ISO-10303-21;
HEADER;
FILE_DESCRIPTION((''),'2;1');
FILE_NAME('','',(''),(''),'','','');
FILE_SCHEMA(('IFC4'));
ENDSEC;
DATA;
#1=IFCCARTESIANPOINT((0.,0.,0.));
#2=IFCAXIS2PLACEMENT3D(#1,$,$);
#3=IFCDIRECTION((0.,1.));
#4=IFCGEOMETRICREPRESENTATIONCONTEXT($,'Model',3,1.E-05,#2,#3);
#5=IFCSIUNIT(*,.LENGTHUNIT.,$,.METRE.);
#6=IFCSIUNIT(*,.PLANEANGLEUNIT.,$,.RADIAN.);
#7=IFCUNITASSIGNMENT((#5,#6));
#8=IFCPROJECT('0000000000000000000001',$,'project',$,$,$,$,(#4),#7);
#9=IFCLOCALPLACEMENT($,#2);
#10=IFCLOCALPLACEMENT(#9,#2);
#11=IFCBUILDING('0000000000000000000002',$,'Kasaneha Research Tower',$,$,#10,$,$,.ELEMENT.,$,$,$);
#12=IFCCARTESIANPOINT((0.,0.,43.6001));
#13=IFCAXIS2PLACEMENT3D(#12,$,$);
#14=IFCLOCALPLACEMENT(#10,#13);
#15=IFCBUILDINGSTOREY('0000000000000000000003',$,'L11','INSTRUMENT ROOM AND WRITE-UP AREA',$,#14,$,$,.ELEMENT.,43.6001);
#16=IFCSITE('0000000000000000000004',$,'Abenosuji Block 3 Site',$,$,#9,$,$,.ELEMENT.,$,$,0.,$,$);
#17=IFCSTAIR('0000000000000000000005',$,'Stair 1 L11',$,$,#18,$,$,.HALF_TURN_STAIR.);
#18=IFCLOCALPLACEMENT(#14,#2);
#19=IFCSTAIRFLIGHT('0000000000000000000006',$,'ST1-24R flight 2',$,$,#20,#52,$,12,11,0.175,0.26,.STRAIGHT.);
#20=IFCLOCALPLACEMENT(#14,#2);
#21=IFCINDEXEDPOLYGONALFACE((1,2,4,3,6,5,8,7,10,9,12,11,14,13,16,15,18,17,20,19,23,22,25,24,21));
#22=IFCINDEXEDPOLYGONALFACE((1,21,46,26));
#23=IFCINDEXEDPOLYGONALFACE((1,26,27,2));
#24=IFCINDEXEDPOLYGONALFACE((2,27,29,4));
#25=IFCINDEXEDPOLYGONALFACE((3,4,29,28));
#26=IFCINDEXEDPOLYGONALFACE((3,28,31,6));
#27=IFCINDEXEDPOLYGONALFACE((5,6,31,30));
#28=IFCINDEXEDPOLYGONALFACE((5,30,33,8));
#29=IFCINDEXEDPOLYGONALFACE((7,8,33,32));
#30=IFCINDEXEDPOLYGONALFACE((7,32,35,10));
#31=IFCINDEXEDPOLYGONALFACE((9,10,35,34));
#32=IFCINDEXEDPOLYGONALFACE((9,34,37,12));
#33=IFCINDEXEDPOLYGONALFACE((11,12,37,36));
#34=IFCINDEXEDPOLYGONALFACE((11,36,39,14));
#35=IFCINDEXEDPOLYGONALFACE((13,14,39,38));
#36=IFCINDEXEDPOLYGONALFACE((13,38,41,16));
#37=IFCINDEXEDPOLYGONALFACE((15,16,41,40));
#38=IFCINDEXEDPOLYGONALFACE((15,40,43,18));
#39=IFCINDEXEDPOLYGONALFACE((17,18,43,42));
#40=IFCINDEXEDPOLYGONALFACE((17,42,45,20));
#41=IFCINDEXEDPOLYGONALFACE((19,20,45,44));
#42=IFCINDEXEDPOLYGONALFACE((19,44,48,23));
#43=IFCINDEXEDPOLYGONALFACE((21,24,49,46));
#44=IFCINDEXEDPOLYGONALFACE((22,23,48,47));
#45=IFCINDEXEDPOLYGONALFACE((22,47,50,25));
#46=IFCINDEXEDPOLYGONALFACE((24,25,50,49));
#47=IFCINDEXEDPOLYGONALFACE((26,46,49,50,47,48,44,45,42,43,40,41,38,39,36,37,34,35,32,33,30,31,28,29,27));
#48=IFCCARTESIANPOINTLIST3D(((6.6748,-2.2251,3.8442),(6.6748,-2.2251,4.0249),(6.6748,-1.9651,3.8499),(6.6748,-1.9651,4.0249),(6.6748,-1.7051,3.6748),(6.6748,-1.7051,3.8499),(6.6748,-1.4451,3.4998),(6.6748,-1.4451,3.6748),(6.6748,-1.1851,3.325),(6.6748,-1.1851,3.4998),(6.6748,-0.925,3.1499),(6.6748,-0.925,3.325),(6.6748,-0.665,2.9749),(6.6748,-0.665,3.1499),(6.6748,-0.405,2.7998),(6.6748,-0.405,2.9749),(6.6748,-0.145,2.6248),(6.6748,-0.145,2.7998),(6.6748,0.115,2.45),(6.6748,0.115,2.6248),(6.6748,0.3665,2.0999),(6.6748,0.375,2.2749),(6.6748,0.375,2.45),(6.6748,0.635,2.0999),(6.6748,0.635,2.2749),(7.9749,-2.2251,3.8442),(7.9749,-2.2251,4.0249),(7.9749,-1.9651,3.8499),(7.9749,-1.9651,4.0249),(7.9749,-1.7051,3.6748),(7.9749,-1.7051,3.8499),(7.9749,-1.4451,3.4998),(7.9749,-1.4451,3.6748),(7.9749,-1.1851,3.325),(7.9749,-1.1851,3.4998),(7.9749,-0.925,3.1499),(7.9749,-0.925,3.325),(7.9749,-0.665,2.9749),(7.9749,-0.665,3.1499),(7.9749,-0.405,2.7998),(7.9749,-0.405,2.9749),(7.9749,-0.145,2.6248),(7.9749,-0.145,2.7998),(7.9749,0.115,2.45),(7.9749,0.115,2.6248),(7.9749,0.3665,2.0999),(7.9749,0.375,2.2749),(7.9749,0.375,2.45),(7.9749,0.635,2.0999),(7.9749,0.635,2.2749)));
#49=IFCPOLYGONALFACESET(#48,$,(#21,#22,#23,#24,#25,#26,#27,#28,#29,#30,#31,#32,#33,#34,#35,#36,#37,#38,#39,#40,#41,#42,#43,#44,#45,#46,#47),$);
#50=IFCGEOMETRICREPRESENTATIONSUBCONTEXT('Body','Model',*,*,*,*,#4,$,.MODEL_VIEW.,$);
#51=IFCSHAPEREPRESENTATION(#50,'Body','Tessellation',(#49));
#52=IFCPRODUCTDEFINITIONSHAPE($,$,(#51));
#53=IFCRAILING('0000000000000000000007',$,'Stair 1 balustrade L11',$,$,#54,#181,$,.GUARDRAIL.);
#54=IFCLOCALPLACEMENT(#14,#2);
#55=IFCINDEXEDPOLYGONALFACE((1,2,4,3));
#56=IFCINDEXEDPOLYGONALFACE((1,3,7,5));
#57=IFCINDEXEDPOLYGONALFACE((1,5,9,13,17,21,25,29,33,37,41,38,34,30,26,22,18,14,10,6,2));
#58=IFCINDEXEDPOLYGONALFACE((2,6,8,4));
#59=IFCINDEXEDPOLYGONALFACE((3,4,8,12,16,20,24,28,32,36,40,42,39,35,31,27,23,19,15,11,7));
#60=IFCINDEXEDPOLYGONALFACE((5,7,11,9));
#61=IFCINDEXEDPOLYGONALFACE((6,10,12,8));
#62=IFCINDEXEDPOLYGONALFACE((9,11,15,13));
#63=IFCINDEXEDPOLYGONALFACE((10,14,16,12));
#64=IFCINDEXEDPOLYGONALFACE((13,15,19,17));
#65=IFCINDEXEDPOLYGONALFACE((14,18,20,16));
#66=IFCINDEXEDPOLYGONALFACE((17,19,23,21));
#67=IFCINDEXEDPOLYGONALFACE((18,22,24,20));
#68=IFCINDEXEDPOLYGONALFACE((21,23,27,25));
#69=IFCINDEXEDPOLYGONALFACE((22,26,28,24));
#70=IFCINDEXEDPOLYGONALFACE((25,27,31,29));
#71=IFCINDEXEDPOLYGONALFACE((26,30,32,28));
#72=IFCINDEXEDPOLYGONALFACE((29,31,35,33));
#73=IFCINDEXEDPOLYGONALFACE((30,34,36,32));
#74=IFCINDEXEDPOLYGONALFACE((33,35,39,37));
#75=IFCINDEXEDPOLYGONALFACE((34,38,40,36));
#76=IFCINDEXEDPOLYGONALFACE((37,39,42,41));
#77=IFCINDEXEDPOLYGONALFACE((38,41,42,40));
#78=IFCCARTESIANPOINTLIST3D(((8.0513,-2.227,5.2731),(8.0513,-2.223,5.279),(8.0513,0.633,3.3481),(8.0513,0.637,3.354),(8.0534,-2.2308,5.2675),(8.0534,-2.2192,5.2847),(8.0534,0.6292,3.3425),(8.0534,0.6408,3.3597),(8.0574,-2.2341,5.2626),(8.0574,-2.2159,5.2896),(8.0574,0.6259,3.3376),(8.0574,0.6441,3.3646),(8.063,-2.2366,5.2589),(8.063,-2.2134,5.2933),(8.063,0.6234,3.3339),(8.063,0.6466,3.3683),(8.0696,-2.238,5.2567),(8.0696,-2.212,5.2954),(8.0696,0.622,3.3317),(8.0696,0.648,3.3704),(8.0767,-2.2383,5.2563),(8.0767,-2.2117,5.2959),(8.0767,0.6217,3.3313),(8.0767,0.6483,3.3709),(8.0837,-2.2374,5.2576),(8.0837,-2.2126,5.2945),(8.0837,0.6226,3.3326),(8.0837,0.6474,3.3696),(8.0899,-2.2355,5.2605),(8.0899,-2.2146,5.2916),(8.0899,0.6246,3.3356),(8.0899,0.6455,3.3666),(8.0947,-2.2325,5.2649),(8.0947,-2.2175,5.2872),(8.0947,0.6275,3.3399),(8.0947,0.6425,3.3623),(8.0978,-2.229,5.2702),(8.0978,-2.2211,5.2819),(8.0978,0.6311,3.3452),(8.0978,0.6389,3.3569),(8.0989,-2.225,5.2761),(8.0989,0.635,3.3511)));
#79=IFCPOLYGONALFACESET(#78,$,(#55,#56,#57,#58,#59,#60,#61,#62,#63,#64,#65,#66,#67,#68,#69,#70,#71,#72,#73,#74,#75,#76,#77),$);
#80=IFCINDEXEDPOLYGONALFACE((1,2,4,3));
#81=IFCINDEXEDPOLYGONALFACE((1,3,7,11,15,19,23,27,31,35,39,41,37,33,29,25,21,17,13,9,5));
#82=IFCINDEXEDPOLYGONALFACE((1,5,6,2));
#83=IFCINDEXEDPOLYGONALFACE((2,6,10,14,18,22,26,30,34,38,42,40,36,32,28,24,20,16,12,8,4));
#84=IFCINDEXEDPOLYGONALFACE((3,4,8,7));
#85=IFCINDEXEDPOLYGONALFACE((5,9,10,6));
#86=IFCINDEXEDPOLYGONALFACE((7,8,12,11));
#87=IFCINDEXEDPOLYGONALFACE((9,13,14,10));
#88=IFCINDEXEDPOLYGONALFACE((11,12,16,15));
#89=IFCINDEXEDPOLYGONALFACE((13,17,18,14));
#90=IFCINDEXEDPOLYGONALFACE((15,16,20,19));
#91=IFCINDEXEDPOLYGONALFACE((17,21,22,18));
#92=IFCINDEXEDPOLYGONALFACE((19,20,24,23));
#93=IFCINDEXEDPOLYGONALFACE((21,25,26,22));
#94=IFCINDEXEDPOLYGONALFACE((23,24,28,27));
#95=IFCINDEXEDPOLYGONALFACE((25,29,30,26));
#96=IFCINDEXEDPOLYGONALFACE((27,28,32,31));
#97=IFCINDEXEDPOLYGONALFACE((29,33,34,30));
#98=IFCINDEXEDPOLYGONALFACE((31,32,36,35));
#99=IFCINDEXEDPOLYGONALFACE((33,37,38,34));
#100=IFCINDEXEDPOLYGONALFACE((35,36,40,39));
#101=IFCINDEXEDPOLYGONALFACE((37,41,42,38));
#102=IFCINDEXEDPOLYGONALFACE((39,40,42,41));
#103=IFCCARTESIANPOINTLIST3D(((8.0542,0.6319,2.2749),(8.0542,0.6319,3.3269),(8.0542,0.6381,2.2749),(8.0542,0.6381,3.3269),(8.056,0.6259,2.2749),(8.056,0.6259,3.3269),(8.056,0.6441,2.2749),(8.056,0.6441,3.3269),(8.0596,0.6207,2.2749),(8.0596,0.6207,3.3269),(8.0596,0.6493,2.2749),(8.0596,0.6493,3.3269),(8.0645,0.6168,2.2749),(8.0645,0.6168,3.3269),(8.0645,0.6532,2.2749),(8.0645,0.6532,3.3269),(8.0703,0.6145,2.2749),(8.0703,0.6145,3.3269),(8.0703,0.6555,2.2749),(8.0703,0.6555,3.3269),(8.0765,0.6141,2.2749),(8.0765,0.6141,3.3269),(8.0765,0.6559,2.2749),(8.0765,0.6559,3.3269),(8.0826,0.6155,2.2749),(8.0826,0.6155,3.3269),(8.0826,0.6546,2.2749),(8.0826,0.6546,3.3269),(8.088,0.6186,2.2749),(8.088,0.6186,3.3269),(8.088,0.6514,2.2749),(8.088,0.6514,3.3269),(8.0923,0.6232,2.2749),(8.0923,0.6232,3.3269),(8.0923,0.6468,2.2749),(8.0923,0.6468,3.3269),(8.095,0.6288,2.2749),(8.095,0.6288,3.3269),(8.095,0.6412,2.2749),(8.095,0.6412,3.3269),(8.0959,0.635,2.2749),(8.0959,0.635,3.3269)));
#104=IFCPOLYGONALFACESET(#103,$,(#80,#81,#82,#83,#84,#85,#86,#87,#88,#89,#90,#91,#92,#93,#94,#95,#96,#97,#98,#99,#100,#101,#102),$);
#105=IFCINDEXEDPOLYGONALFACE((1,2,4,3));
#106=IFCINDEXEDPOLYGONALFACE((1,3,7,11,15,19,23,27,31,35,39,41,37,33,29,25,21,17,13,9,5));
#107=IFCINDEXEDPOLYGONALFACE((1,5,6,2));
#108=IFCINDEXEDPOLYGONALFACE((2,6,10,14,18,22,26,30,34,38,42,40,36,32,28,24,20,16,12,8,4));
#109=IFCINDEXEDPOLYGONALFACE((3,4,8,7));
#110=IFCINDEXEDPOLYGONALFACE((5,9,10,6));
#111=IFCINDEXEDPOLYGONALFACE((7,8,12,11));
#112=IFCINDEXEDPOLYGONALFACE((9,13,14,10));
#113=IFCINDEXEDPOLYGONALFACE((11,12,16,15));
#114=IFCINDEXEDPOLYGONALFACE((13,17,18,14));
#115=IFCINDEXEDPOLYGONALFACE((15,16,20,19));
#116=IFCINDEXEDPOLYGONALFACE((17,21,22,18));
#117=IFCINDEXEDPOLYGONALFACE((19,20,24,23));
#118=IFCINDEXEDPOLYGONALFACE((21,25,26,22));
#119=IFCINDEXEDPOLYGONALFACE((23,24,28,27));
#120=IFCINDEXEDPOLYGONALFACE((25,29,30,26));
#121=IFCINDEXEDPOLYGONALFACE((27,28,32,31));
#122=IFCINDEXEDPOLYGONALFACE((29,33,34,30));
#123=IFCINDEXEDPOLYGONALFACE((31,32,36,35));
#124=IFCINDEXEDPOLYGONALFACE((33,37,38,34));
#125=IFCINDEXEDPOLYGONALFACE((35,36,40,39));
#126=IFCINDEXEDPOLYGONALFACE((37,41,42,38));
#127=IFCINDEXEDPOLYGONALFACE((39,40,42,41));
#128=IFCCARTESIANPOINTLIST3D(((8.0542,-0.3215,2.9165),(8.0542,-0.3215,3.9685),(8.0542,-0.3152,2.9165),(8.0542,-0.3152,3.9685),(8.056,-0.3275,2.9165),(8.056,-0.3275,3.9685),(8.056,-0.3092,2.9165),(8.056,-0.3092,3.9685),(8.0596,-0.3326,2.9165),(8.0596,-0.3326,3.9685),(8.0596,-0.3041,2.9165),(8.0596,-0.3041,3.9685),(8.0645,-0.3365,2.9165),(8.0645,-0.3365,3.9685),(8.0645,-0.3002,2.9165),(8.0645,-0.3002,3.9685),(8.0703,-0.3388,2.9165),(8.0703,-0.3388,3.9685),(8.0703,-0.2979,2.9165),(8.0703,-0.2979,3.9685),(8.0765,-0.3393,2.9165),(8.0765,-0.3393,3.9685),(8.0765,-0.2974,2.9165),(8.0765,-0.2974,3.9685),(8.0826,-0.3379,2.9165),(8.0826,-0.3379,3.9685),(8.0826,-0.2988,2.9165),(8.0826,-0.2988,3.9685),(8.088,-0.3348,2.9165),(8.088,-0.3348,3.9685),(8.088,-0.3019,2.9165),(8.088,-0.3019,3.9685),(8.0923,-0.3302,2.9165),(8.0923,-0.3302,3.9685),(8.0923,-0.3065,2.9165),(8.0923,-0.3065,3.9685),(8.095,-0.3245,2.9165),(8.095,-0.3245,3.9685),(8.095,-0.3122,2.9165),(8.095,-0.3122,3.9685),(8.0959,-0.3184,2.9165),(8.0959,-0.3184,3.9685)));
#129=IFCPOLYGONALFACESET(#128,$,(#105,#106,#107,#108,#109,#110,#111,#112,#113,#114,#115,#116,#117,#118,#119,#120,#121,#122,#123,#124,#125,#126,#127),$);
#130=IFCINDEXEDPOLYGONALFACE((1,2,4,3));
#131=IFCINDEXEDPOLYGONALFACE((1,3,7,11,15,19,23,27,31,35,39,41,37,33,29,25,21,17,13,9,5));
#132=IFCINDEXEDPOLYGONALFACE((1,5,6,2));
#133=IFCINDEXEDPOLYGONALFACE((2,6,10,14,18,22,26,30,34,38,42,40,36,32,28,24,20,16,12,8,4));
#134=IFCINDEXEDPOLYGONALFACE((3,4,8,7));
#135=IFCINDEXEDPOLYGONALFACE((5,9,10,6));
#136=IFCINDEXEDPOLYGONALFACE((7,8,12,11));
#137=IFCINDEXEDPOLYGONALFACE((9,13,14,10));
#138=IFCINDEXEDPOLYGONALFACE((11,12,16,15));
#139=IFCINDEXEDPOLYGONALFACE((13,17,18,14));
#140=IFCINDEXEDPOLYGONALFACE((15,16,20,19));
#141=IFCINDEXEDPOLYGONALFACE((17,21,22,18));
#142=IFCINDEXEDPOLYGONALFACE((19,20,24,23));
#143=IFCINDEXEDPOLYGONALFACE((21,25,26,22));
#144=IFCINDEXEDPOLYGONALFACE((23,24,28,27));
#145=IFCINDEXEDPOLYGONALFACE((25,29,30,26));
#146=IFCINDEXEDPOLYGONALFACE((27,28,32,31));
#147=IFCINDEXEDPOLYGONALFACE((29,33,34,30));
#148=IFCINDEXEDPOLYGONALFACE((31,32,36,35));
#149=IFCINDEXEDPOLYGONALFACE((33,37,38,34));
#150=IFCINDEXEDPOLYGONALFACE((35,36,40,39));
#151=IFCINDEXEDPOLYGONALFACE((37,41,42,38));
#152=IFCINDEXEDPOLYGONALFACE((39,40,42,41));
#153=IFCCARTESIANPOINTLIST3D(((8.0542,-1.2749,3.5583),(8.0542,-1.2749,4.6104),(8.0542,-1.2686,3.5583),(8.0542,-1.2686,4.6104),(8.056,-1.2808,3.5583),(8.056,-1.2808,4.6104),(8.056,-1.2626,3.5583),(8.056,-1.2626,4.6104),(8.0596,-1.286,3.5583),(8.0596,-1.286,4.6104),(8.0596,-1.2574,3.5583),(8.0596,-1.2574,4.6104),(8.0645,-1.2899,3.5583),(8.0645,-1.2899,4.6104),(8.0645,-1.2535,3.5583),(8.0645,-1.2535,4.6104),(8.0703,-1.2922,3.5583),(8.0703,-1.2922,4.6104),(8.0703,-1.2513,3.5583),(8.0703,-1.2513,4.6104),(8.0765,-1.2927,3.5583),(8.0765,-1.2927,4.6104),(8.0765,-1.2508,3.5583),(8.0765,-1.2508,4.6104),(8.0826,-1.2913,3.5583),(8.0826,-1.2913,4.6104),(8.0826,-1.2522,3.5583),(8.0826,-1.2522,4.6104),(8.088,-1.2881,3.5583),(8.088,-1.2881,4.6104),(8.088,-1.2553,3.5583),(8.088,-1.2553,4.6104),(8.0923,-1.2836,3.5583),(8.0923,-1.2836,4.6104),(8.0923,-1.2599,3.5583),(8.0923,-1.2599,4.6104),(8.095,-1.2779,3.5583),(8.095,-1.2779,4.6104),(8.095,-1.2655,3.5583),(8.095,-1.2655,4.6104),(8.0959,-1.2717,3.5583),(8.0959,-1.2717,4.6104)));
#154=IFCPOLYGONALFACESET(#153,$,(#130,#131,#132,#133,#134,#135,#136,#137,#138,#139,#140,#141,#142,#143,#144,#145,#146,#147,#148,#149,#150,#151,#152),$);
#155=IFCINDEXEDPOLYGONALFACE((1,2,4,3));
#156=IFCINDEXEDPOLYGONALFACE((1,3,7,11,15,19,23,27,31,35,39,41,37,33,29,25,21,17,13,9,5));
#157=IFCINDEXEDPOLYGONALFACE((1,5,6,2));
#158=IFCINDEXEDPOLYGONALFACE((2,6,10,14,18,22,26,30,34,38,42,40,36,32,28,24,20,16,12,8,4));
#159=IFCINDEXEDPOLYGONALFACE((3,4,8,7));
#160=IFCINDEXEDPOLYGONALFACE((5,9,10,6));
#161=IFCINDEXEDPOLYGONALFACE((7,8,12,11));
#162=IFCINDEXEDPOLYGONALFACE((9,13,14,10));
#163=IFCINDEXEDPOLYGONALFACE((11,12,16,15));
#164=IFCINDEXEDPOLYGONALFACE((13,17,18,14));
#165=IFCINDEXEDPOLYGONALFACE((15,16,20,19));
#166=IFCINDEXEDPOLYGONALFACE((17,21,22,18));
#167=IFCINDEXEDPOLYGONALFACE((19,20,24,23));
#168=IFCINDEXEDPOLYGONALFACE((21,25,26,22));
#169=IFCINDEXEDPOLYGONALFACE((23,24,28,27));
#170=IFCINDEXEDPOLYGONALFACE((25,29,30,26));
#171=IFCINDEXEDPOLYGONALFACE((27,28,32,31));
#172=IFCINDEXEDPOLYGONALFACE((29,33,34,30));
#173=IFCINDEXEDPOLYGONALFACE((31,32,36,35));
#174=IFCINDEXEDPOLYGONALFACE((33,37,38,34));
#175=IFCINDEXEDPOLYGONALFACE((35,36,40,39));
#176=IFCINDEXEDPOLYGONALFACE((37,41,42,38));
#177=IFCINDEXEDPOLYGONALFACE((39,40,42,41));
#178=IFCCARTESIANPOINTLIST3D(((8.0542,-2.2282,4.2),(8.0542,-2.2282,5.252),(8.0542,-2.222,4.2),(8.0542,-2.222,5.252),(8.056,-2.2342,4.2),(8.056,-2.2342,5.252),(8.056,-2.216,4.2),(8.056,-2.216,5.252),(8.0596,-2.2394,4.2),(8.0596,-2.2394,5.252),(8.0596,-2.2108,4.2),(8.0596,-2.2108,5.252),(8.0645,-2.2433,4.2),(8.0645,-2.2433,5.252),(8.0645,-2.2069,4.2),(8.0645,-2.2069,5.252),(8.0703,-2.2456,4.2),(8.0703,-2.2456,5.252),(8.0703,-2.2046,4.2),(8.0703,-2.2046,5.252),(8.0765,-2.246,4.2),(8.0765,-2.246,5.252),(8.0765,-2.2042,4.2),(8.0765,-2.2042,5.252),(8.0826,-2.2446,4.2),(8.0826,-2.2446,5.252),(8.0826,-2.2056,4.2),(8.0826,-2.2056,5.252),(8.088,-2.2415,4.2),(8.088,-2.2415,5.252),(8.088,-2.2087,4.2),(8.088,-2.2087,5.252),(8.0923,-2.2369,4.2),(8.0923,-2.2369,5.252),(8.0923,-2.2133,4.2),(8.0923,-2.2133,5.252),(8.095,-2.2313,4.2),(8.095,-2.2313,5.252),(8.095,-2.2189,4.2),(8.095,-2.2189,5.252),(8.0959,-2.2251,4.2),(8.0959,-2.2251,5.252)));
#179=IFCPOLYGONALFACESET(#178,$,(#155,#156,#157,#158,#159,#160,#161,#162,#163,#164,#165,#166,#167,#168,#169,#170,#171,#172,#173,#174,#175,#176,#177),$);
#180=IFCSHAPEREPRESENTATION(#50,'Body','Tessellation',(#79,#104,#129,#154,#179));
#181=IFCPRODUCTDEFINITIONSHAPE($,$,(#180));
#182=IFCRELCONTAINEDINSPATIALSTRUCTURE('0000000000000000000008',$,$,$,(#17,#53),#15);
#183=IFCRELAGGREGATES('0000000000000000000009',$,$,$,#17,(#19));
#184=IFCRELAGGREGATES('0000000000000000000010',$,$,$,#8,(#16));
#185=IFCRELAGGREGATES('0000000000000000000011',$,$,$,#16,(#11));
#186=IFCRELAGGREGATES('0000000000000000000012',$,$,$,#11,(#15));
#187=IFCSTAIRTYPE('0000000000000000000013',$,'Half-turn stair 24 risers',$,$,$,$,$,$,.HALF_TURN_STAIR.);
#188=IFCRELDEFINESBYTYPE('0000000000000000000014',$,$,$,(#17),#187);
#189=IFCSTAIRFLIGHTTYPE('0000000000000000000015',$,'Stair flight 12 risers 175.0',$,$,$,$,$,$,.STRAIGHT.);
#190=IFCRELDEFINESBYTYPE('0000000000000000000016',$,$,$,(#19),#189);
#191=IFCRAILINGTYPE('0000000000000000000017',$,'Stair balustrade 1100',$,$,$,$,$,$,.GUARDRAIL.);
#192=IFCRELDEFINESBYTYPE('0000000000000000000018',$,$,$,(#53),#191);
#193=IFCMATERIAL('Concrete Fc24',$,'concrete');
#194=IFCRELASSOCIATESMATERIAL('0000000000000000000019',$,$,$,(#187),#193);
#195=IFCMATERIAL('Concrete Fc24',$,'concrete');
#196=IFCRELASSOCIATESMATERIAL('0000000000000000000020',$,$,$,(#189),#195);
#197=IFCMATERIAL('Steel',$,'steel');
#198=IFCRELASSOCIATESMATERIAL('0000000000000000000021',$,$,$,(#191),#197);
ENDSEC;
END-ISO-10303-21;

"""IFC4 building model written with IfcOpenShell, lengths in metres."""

from ifc_helpers import new_model, si_unit, direction, frame, origin, origin_2d, place, context, subcontext, project, spatial, polyline, circle, outline, extrude, material, type_object, element, aggregate, save


model = new_model("IFC4")

# Units and contexts
model_context = context("Model", 3, precision=1e-05, world=origin(), true_north=direction((0.0, 1.0)))
body_context = subcontext(model_context, "Body", "Model", "MODEL_VIEW")
ifc_project = project(units=[si_unit("LENGTHUNIT", "METRE"), si_unit("PLANEANGLEUNIT", "RADIAN")], contexts=[model_context])

# Site, building, storey
site_placement = place(None, origin())
site = spatial("IfcSite", under=ifc_project, at=site_placement, Name="Abenosuji Block 3 Site", CompositionType="ELEMENT", RefElevation=0.0)
building_placement = place(site_placement, origin())
building = spatial("IfcBuilding", under=site, at=building_placement, Name="Kasaneha Research Tower", CompositionType="ELEMENT")
storey_placement = place(building_placement, frame((0.0, 0.0, 43.6001)))
storey = spatial("IfcBuildingStorey", under=building, at=storey_placement, Name="L11", Description="INSTRUMENT ROOM AND WRITE-UP AREA", CompositionType="ELEMENT", Elevation=43.6001)

# Shared definitions
ifc_material_1 = material(Name="Concrete Fc24", Category="concrete")
stair_type = type_object("IfcStairType", Name="Half-turn stair 24 risers", PredefinedType="HALF_TURN_STAIR", material=ifc_material_1)

# Stair, stair flight
stair_1_placement = place(storey_placement, origin())
stair_1 = element("IfcStair", 1, at=stair_1_placement, inside=storey, type_object=stair_type, Name="Stair 1 L11", PredefinedType="HALF_TURN_STAIR")
ifc_material_2 = material(Name="Concrete Fc24", Category="concrete")
stair_flight_type = type_object("IfcStairFlightType", Name="Stair flight 12 risers 175.0", PredefinedType="STRAIGHT", material=ifc_material_2)
stair_flight_placement = place(storey_placement, frame((7.325, 0.635, 2.0999), z_axis=(0.0, 0.0, 1.0), x_axis=(0.0, -1.0, 0.0)))
stair_flight = element("IfcStairFlight", 2, at=stair_flight_placement, type_object=stair_flight_type, Name="ST1-24R flight 2", NumberOfRisers=12, NumberOfTreads=11, PredefinedType="STRAIGHT", RiserHeight=0.175, TreadLength=0.26, context=body_context, shape_type="SweptSolid", body=[
    extrude(outline(polyline([(0.0, 0.0), (0.0, 0.175), (0.26, 0.175), (0.26, 0.3501), (0.52, 0.3501), (0.52, 0.5249), (0.78, 0.5249), (0.78, 0.7), (1.04, 0.7), (1.04, 0.875), (1.3, 0.875), (1.3, 1.05), (1.5601, 1.05), (1.5601, 1.2251), (1.8201, 1.2251), (1.8201, 1.3999), (2.0801, 1.3999), (2.0801, 1.575), (2.3401, 1.575), (2.3401, 1.75), (2.6001, 1.75), (2.6001, 1.925), (2.8601, 1.925), (2.8601, 2.1001), (2.8601, 1.7444), (0.2686, 0.0), (0.0, 0.0)])), frame((0.0, 0.6499, 0.0), z_axis=(0.0, -1.0, 0.0), x_axis=(1.0, 0.0, 0.0)), (0.0, 0.0, 1.0), 1.3),
])
aggregate(stair_1, [stair_flight])

# Railing
ifc_material_3 = material(Name="Steel", Category="steel")
railing_type_1 = type_object("IfcRailingType", Name="Stair balustrade 1100", PredefinedType="GUARDRAIL", material=ifc_material_3)
railing_1_placement = place(storey_placement, frame((8.075, 0.635, 2.2749)))
element("IfcRailing", 3, at=railing_1_placement, inside=storey, type_object=railing_type_1, Name="Stair 1 balustrade L11", PredefinedType="GUARDRAIL", context=body_context, shape_type="SweptSolid", body=[
    extrude(circle(Radius=0.0239, at=origin_2d()), frame((0.0, 0.0, 1.0762), z_axis=(0.0, -0.829591, 0.558372), x_axis=(1.0, 0.0, 0.0)), (0.0, 0.0, 1.0), 3.4475),
    extrude(circle(Radius=0.021, at=origin_2d()), origin(), (0.0, 0.0, 1.0), 1.052),
    extrude(circle(Radius=0.021, at=origin_2d()), frame((0.0, -0.9534, 0.6416)), (0.0, 0.0, 1.0), 1.052),
    extrude(circle(Radius=0.021, at=origin_2d()), frame((0.0, -1.9067, 1.2834)), (0.0, 0.0, 1.0), 1.052),
    extrude(circle(Radius=0.021, at=origin_2d()), frame((0.0, -2.8601, 1.925)), (0.0, 0.0, 1.0), 1.052),
])

save(model, "model.ifc")
